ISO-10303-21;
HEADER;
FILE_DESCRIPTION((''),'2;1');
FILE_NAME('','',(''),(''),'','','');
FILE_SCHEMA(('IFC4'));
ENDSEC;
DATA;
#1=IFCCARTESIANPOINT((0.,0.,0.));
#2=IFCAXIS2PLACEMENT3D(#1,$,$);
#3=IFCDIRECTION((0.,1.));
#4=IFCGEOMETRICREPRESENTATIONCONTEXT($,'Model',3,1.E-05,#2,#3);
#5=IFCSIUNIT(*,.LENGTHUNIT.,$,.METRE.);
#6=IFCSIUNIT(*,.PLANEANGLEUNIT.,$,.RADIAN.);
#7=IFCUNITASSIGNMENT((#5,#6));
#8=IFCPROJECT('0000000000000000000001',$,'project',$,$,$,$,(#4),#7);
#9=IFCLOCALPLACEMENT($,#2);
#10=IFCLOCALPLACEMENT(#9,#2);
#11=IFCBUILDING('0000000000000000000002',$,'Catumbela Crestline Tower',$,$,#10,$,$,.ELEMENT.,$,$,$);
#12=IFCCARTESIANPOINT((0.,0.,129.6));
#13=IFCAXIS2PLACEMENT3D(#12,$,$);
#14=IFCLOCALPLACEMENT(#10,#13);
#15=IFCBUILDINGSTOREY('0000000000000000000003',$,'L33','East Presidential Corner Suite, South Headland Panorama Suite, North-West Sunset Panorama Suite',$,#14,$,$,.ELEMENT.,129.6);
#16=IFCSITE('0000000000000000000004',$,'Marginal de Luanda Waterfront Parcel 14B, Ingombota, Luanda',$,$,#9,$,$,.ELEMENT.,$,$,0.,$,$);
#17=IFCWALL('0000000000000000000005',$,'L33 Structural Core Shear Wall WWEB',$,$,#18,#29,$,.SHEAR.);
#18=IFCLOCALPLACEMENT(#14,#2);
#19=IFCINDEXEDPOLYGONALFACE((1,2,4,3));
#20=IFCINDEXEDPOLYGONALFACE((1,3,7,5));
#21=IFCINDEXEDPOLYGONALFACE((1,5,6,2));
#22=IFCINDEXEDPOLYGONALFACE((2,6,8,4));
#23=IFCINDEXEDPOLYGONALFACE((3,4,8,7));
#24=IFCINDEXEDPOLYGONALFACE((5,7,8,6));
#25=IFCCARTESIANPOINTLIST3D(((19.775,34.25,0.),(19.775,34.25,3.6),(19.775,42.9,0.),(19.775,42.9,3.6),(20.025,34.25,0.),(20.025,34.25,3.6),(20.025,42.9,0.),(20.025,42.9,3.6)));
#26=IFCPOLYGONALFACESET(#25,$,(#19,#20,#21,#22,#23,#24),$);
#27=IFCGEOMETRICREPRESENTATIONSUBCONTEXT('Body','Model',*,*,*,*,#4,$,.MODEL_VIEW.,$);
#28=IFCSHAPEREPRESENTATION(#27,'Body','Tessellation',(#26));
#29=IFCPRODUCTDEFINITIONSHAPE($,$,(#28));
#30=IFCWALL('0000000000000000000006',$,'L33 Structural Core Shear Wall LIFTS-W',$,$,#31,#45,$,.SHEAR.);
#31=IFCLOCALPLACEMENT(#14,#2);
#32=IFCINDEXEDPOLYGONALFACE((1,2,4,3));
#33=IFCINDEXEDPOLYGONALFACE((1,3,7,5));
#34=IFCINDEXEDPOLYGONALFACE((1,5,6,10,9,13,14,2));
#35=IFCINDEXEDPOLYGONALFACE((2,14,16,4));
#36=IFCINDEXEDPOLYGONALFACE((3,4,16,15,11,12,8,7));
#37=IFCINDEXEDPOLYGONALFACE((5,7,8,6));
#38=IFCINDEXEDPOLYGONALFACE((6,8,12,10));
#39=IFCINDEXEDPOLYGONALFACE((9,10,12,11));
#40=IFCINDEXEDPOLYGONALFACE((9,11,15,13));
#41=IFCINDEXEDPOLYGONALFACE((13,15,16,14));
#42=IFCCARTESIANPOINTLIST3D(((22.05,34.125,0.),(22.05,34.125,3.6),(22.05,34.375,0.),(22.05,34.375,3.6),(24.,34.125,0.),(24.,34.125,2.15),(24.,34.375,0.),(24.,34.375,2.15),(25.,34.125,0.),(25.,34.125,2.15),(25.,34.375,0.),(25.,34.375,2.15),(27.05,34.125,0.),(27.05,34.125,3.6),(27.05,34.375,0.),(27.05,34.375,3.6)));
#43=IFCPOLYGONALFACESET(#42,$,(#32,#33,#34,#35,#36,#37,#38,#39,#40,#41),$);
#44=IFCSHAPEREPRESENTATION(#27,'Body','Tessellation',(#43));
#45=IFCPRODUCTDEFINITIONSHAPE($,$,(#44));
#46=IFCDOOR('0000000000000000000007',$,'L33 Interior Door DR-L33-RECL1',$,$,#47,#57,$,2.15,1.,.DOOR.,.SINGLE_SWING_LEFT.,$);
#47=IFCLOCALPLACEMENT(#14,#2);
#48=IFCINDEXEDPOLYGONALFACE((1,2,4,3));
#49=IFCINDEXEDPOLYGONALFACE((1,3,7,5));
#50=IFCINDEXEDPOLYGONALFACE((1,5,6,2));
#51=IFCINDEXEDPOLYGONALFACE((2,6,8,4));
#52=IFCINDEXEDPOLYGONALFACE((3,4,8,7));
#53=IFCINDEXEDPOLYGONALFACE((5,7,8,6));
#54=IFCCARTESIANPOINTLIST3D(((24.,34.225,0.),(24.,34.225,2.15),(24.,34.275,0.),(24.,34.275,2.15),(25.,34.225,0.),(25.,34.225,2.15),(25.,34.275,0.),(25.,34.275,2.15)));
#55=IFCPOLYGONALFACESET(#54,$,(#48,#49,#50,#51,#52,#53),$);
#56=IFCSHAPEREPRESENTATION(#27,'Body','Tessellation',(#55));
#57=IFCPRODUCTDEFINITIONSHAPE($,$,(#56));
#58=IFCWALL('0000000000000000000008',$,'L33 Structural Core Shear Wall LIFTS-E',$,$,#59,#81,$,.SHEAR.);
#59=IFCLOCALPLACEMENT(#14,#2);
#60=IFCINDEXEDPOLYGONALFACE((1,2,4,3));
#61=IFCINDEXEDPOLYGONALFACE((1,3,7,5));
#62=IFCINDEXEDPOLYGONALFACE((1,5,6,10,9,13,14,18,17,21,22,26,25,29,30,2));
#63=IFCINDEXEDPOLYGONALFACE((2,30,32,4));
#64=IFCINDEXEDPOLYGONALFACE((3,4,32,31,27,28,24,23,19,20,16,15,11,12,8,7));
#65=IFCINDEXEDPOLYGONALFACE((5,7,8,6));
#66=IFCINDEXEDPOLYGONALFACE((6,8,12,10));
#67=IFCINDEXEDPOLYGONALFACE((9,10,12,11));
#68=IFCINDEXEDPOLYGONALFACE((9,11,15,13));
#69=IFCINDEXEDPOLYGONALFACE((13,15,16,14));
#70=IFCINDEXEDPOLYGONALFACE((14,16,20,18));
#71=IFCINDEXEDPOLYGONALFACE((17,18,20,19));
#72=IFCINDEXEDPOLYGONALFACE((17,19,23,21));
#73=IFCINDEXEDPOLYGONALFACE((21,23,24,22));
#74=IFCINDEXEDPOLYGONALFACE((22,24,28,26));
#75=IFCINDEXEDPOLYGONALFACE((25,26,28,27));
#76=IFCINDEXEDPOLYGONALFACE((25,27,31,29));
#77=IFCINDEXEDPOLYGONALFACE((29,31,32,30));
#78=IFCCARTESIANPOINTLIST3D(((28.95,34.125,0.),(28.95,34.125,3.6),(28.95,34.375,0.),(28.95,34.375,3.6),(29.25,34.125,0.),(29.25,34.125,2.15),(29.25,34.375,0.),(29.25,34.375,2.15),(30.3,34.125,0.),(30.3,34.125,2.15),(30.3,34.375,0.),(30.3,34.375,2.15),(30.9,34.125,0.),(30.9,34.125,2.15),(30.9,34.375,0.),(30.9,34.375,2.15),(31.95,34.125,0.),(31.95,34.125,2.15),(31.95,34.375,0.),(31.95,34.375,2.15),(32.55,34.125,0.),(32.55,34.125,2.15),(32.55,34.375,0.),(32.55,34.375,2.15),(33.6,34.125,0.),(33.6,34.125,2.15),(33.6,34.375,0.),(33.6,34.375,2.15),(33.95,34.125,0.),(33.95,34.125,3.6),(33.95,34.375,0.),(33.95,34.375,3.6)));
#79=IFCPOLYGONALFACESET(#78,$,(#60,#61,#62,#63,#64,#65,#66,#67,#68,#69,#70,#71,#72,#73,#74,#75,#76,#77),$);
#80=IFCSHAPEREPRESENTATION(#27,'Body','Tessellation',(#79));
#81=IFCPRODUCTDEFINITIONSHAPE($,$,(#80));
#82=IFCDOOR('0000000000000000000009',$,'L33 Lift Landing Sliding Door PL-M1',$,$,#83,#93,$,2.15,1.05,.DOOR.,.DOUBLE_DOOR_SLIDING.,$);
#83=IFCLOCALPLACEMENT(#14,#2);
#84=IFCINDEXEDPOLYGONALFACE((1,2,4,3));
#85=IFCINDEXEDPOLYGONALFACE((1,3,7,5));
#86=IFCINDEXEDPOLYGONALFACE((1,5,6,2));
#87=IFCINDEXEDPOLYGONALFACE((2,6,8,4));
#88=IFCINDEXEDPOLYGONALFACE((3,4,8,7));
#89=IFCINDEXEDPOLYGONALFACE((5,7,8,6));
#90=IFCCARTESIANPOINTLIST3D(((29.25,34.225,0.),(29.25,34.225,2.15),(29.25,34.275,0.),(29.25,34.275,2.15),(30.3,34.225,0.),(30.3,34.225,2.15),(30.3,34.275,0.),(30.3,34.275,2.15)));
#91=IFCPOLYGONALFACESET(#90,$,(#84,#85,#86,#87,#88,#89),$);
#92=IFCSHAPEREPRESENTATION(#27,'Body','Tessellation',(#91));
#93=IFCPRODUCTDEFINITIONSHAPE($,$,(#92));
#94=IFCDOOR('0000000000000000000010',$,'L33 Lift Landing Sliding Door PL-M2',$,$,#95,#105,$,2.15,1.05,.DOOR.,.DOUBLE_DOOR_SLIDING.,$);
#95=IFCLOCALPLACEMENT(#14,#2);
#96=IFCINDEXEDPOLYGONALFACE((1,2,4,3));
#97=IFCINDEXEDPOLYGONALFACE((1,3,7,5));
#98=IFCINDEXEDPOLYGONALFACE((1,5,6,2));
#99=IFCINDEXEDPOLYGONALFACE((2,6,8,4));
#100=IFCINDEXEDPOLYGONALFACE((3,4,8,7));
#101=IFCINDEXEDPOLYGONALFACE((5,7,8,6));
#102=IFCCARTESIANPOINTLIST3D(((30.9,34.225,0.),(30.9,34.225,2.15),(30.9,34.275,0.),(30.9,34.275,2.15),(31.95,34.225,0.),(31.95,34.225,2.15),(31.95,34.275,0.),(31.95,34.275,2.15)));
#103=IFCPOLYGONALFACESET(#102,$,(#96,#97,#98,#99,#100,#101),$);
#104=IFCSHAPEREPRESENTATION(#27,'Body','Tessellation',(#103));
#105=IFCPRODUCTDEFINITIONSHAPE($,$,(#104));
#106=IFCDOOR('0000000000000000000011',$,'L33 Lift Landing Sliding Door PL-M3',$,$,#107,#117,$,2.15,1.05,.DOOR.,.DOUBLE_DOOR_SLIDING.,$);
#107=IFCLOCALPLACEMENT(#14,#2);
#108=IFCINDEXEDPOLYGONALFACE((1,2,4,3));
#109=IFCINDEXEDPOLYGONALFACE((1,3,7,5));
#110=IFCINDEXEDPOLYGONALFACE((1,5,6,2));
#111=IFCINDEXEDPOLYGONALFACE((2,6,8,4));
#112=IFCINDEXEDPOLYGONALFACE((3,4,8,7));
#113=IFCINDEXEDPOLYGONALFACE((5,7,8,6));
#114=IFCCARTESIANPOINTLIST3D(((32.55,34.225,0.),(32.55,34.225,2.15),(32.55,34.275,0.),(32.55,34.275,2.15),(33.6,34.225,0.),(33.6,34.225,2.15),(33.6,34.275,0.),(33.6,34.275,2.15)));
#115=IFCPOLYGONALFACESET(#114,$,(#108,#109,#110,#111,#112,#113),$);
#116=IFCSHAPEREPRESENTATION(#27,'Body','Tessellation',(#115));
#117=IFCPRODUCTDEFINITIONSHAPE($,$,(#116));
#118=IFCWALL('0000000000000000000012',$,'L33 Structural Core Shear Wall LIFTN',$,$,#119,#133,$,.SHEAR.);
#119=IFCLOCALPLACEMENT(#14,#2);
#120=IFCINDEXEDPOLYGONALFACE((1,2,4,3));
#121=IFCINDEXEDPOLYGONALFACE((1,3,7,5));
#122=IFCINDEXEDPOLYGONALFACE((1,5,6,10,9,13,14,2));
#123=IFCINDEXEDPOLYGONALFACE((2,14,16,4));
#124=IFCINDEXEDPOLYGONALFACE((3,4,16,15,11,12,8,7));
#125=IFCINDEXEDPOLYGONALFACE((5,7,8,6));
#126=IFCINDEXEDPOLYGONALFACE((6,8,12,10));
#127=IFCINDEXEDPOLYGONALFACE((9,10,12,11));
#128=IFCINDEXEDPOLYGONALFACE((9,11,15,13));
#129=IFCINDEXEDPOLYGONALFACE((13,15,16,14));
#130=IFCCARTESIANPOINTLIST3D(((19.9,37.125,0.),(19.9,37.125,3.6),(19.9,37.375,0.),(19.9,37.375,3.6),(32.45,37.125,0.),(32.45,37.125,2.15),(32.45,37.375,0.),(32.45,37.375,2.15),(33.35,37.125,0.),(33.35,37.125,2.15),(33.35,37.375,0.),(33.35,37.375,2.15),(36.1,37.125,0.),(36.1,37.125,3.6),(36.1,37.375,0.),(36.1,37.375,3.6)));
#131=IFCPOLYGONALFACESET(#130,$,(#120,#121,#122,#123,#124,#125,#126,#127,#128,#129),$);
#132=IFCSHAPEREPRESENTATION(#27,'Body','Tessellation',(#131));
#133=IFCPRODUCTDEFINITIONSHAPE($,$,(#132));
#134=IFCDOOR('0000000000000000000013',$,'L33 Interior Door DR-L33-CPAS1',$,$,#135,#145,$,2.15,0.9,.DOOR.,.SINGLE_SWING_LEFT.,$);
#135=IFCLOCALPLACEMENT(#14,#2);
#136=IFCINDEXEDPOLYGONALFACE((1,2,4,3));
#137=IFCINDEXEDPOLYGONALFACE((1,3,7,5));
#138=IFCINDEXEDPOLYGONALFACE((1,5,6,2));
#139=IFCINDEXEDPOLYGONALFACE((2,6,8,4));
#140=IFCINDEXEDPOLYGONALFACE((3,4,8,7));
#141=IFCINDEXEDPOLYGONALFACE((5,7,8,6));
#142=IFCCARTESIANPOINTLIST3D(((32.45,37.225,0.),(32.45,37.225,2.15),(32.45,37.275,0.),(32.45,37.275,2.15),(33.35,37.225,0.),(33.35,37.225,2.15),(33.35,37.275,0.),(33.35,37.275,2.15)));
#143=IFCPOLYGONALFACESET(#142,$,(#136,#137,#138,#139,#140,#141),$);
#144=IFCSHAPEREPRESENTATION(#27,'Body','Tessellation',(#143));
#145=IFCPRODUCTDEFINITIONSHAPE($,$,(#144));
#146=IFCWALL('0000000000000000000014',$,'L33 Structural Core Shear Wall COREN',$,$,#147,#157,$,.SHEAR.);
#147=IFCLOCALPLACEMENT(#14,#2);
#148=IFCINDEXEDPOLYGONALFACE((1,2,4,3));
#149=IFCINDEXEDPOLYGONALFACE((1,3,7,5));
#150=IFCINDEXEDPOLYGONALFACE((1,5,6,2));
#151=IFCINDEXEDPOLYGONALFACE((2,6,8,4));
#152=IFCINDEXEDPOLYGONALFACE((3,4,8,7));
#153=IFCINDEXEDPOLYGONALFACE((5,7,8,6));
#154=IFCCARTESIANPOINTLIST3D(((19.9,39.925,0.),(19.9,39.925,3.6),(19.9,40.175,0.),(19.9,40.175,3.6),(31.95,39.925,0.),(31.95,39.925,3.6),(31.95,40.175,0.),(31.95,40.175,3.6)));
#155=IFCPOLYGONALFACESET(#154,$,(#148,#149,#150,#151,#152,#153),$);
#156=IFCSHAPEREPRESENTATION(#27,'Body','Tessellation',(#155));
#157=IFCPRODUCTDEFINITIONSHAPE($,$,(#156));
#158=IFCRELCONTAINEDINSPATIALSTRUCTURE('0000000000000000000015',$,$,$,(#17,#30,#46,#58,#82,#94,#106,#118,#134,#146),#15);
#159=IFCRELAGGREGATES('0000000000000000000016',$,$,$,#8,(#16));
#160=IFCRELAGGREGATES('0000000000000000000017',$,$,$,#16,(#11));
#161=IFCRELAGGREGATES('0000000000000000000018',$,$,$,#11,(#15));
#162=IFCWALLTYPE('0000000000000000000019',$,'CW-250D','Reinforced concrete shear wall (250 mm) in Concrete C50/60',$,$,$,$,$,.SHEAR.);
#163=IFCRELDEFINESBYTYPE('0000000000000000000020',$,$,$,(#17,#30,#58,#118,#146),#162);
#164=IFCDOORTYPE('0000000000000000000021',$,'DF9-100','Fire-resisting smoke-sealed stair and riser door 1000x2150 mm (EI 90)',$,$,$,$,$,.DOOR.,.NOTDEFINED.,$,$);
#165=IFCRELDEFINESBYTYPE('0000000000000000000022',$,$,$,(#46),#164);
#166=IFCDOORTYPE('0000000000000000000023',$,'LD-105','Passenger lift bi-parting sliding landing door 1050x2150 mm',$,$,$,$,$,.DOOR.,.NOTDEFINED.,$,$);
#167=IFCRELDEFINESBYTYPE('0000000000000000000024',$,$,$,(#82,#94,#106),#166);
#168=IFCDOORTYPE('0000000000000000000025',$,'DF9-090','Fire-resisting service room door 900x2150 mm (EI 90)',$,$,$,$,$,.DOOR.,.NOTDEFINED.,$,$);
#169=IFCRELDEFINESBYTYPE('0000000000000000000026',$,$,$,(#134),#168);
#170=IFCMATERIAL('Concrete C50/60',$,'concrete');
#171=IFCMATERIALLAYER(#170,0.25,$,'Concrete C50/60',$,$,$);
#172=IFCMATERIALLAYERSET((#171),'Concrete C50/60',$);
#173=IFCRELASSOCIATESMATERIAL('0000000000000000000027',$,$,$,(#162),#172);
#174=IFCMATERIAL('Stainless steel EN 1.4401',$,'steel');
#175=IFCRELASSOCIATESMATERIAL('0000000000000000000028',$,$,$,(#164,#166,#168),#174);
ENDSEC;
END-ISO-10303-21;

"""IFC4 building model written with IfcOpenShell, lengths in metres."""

from ifc_helpers import new_model, si_unit, direction, frame, frame_2d, origin, place, context, subcontext, project, spatial, rectangle, extrude, material, layer, layer_set, type_object, element, fill, save


model = new_model("IFC4")

# Units and contexts
model_context = context("Model", 3, precision=1e-05, world=origin(), true_north=direction((0.0, 1.0)))
body_context = subcontext(model_context, "Body", "Model", "MODEL_VIEW")
ifc_project = project(units=[si_unit("LENGTHUNIT", "METRE"), si_unit("PLANEANGLEUNIT", "RADIAN")], contexts=[model_context])

# Site, building, storey
site_placement = place(None, origin())
site = spatial("IfcSite", under=ifc_project, at=site_placement, Name="Marginal de Luanda Waterfront Parcel 14B, Ingombota, Luanda", CompositionType="ELEMENT", RefElevation=0.0)
building_placement = place(site_placement, origin())
building = spatial("IfcBuilding", under=site, at=building_placement, Name="Catumbela Crestline Tower", CompositionType="ELEMENT")
storey_placement = place(building_placement, frame((0.0, 0.0, 129.6)))
storey = spatial("IfcBuildingStorey", under=building, at=storey_placement, Name="L33", Description="East Presidential Corner Suite, South Headland Panorama Suite, North-West Sunset Panorama Suite", CompositionType="ELEMENT", Elevation=129.6)

# Wall
ifc_material_1 = material(Name="Concrete C50/60", Category="concrete")
ifc_layer_1 = layer(ifc_material_1, 0.25, Name="Concrete C50/60")
ifc_layer_set_1 = layer_set([ifc_layer_1], Name="Concrete C50/60")
wall_type_1 = type_object("IfcWallType", Name="CW-250D", Description="Reinforced concrete shear wall (250 mm) in Concrete C50/60", PredefinedType="SHEAR", material=ifc_layer_set_1)
wall_1_placement = place(storey_placement, frame((19.9, 34.25, 0.0), z_axis=(0.0, 0.0, 1.0), x_axis=(0.0, 1.0, 0.0)))
element("IfcWall", 1, at=wall_1_placement, inside=storey, type_object=wall_type_1, Name="L33 Structural Core Shear Wall WWEB", PredefinedType="SHEAR", context=body_context, shape_type="SweptSolid", body=[
    extrude(rectangle(XDim=8.65, YDim=0.25, at=frame_2d((4.325, 0.0))), origin(), (0.0, 0.0, 1.0), 3.6),
])

# Wall, opening, door
wall_2_placement = place(storey_placement, frame((22.05, 34.25, 0.0), z_axis=(0.0, 0.0, 1.0), x_axis=(1.0, 0.0, 0.0)))
wall_2 = element("IfcWall", 2, at=wall_2_placement, inside=storey, type_object=wall_type_1, Name="L33 Structural Core Shear Wall LIFTS-W", PredefinedType="SHEAR", context=body_context, shape_type="SweptSolid", body=[
    extrude(rectangle(XDim=5.0, YDim=0.25, at=frame_2d((2.5, 0.0))), origin(), (0.0, 0.0, 1.0), 3.6),
])
opening_1_placement = place(wall_2_placement, frame((1.95, 0.0, 0.0)))
opening_1 = element("IfcOpeningElement", 3, at=opening_1_placement, cuts=wall_2, PredefinedType="OPENING", context=body_context, shape_type="SweptSolid", body=[
    extrude(rectangle(XDim=1.0, YDim=2.15, at=frame_2d((0.5, 1.075))), frame((0.0, 0.135, 0.0), z_axis=(0.0, -1.0, 0.0), x_axis=(1.0, 0.0, 0.0)), (0.0, 0.0, 1.0), 0.27),
])
ifc_material_2 = material(Name="Stainless steel EN 1.4401", Category="steel")
door_type_1 = type_object("IfcDoorType", Name="DF9-100", Description="Fire-resisting smoke-sealed stair and riser door 1000x2150 mm (EI 90)", OperationType="NOTDEFINED", PredefinedType="DOOR", material=ifc_material_2)
door_1_placement = place(opening_1_placement, origin())
door_1 = element("IfcDoor", 4, at=door_1_placement, inside=storey, type_object=door_type_1, Name="L33 Interior Door DR-L33-RECL1", OperationType="SINGLE_SWING_LEFT", OverallHeight=2.15, OverallWidth=1.0, PredefinedType="DOOR", context=body_context, shape_type="SweptSolid", body=[
    extrude(rectangle(XDim=1.0, YDim=2.15, at=frame_2d((0.5, 1.075))), frame((0.0, 0.025, 0.0), z_axis=(0.0, -1.0, 0.0), x_axis=(1.0, 0.0, 0.0)), (0.0, 0.0, 1.0), 0.05),
])
fill(opening_1, door_1)

# Wall, openings, doors
wall_3_placement = place(storey_placement, frame((28.95, 34.25, 0.0), z_axis=(0.0, 0.0, 1.0), x_axis=(1.0, 0.0, 0.0)))
wall_3 = element("IfcWall", 5, at=wall_3_placement, inside=storey, type_object=wall_type_1, Name="L33 Structural Core Shear Wall LIFTS-E", PredefinedType="SHEAR", context=body_context, shape_type="SweptSolid", body=[
    extrude(rectangle(XDim=5.0, YDim=0.25, at=frame_2d((2.5, 0.0))), origin(), (0.0, 0.0, 1.0), 3.6),
])
opening_2_placement = place(wall_3_placement, frame((0.3, 0.0, 0.0)))
opening_2 = element("IfcOpeningElement", 6, at=opening_2_placement, cuts=wall_3, PredefinedType="OPENING", context=body_context, shape_type="SweptSolid", body=[
    extrude(rectangle(XDim=1.05, YDim=2.15, at=frame_2d((0.525, 1.075))), frame((0.0, 0.135, 0.0), z_axis=(0.0, -1.0, 0.0), x_axis=(1.0, 0.0, 0.0)), (0.0, 0.0, 1.0), 0.27),
])
opening_3_placement = place(wall_3_placement, frame((1.95, 0.0, 0.0)))
opening_3 = element("IfcOpeningElement", 7, at=opening_3_placement, cuts=wall_3, PredefinedType="OPENING", context=body_context, shape_type="SweptSolid", body=[
    extrude(rectangle(XDim=1.05, YDim=2.15, at=frame_2d((0.525, 1.075))), frame((0.0, 0.135, 0.0), z_axis=(0.0, -1.0, 0.0), x_axis=(1.0, 0.0, 0.0)), (0.0, 0.0, 1.0), 0.27),
])
opening_4_placement = place(wall_3_placement, frame((3.6, 0.0, 0.0)))
opening_4 = element("IfcOpeningElement", 8, at=opening_4_placement, cuts=wall_3, PredefinedType="OPENING", context=body_context, shape_type="SweptSolid", body=[
    extrude(rectangle(XDim=1.05, YDim=2.15, at=frame_2d((0.525, 1.075))), frame((0.0, 0.135, 0.0), z_axis=(0.0, -1.0, 0.0), x_axis=(1.0, 0.0, 0.0)), (0.0, 0.0, 1.0), 0.27),
])
door_type_2 = type_object("IfcDoorType", Name="LD-105", Description="Passenger lift bi-parting sliding landing door 1050x2150 mm", OperationType="NOTDEFINED", PredefinedType="DOOR", material=ifc_material_2)
door_2_placement = place(opening_2_placement, origin())
door_2 = element("IfcDoor", 9, at=door_2_placement, inside=storey, type_object=door_type_2, Name="L33 Lift Landing Sliding Door PL-M1", OperationType="DOUBLE_DOOR_SLIDING", OverallHeight=2.15, OverallWidth=1.05, PredefinedType="DOOR", context=body_context, shape_type="SweptSolid", body=[
    extrude(rectangle(XDim=1.05, YDim=2.15, at=frame_2d((0.525, 1.075))), frame((0.0, 0.025, 0.0), z_axis=(0.0, -1.0, 0.0), x_axis=(1.0, 0.0, 0.0)), (0.0, 0.0, 1.0), 0.05),
])
fill(opening_2, door_2)
door_3_placement = place(opening_3_placement, origin())
door_3 = element("IfcDoor", 10, at=door_3_placement, inside=storey, type_object=door_type_2, Name="L33 Lift Landing Sliding Door PL-M2", OperationType="DOUBLE_DOOR_SLIDING", OverallHeight=2.15, OverallWidth=1.05, PredefinedType="DOOR", context=body_context, shape_type="SweptSolid", body=[
    extrude(rectangle(XDim=1.05, YDim=2.15, at=frame_2d((0.525, 1.075))), frame((0.0, 0.025, 0.0), z_axis=(0.0, -1.0, 0.0), x_axis=(1.0, 0.0, 0.0)), (0.0, 0.0, 1.0), 0.05),
])
fill(opening_3, door_3)
door_4_placement = place(opening_4_placement, origin())
door_4 = element("IfcDoor", 11, at=door_4_placement, inside=storey, type_object=door_type_2, Name="L33 Lift Landing Sliding Door PL-M3", OperationType="DOUBLE_DOOR_SLIDING", OverallHeight=2.15, OverallWidth=1.05, PredefinedType="DOOR", context=body_context, shape_type="SweptSolid", body=[
    extrude(rectangle(XDim=1.05, YDim=2.15, at=frame_2d((0.525, 1.075))), frame((0.0, 0.025, 0.0), z_axis=(0.0, -1.0, 0.0), x_axis=(1.0, 0.0, 0.0)), (0.0, 0.0, 1.0), 0.05),
])
fill(opening_4, door_4)

# Wall, opening, door
wall_4_placement = place(storey_placement, frame((19.9, 37.25, 0.0), z_axis=(0.0, 0.0, 1.0), x_axis=(1.0, 0.0, 0.0)))
wall_4 = element("IfcWall", 12, at=wall_4_placement, inside=storey, type_object=wall_type_1, Name="L33 Structural Core Shear Wall LIFTN", PredefinedType="SHEAR", context=body_context, shape_type="SweptSolid", body=[
    extrude(rectangle(XDim=16.2, YDim=0.25, at=frame_2d((8.1, 0.0))), origin(), (0.0, 0.0, 1.0), 3.6),
])
opening_5_placement = place(wall_4_placement, frame((12.55, 0.0, 0.0)))
opening_5 = element("IfcOpeningElement", 13, at=opening_5_placement, cuts=wall_4, PredefinedType="OPENING", context=body_context, shape_type="SweptSolid", body=[
    extrude(rectangle(XDim=0.9, YDim=2.15, at=frame_2d((0.45, 1.075))), frame((0.0, 0.135, 0.0), z_axis=(0.0, -1.0, 0.0), x_axis=(1.0, 0.0, 0.0)), (0.0, 0.0, 1.0), 0.27),
])
door_type_3 = type_object("IfcDoorType", Name="DF9-090", Description="Fire-resisting service room door 900x2150 mm (EI 90)", OperationType="NOTDEFINED", PredefinedType="DOOR", material=ifc_material_2)
door_5_placement = place(opening_5_placement, origin())
door_5 = element("IfcDoor", 14, at=door_5_placement, inside=storey, type_object=door_type_3, Name="L33 Interior Door DR-L33-CPAS1", OperationType="SINGLE_SWING_LEFT", OverallHeight=2.15, OverallWidth=0.9, PredefinedType="DOOR", context=body_context, shape_type="SweptSolid", body=[
    extrude(rectangle(XDim=0.9, YDim=2.15, at=frame_2d((0.45, 1.075))), frame((0.0, 0.025, 0.0), z_axis=(0.0, -1.0, 0.0), x_axis=(1.0, 0.0, 0.0)), (0.0, 0.0, 1.0), 0.05),
])
fill(opening_5, door_5)

# Wall
wall_5_placement = place(storey_placement, frame((19.9, 40.05, 0.0), z_axis=(0.0, 0.0, 1.0), x_axis=(1.0, 0.0, 0.0)))
element("IfcWall", 15, at=wall_5_placement, inside=storey, type_object=wall_type_1, Name="L33 Structural Core Shear Wall COREN", PredefinedType="SHEAR", context=body_context, shape_type="SweptSolid", body=[
    extrude(rectangle(XDim=12.05, YDim=0.25, at=frame_2d((6.025, 0.0))), origin(), (0.0, 0.0, 1.0), 3.6),
])

save(model, "model.ifc")
